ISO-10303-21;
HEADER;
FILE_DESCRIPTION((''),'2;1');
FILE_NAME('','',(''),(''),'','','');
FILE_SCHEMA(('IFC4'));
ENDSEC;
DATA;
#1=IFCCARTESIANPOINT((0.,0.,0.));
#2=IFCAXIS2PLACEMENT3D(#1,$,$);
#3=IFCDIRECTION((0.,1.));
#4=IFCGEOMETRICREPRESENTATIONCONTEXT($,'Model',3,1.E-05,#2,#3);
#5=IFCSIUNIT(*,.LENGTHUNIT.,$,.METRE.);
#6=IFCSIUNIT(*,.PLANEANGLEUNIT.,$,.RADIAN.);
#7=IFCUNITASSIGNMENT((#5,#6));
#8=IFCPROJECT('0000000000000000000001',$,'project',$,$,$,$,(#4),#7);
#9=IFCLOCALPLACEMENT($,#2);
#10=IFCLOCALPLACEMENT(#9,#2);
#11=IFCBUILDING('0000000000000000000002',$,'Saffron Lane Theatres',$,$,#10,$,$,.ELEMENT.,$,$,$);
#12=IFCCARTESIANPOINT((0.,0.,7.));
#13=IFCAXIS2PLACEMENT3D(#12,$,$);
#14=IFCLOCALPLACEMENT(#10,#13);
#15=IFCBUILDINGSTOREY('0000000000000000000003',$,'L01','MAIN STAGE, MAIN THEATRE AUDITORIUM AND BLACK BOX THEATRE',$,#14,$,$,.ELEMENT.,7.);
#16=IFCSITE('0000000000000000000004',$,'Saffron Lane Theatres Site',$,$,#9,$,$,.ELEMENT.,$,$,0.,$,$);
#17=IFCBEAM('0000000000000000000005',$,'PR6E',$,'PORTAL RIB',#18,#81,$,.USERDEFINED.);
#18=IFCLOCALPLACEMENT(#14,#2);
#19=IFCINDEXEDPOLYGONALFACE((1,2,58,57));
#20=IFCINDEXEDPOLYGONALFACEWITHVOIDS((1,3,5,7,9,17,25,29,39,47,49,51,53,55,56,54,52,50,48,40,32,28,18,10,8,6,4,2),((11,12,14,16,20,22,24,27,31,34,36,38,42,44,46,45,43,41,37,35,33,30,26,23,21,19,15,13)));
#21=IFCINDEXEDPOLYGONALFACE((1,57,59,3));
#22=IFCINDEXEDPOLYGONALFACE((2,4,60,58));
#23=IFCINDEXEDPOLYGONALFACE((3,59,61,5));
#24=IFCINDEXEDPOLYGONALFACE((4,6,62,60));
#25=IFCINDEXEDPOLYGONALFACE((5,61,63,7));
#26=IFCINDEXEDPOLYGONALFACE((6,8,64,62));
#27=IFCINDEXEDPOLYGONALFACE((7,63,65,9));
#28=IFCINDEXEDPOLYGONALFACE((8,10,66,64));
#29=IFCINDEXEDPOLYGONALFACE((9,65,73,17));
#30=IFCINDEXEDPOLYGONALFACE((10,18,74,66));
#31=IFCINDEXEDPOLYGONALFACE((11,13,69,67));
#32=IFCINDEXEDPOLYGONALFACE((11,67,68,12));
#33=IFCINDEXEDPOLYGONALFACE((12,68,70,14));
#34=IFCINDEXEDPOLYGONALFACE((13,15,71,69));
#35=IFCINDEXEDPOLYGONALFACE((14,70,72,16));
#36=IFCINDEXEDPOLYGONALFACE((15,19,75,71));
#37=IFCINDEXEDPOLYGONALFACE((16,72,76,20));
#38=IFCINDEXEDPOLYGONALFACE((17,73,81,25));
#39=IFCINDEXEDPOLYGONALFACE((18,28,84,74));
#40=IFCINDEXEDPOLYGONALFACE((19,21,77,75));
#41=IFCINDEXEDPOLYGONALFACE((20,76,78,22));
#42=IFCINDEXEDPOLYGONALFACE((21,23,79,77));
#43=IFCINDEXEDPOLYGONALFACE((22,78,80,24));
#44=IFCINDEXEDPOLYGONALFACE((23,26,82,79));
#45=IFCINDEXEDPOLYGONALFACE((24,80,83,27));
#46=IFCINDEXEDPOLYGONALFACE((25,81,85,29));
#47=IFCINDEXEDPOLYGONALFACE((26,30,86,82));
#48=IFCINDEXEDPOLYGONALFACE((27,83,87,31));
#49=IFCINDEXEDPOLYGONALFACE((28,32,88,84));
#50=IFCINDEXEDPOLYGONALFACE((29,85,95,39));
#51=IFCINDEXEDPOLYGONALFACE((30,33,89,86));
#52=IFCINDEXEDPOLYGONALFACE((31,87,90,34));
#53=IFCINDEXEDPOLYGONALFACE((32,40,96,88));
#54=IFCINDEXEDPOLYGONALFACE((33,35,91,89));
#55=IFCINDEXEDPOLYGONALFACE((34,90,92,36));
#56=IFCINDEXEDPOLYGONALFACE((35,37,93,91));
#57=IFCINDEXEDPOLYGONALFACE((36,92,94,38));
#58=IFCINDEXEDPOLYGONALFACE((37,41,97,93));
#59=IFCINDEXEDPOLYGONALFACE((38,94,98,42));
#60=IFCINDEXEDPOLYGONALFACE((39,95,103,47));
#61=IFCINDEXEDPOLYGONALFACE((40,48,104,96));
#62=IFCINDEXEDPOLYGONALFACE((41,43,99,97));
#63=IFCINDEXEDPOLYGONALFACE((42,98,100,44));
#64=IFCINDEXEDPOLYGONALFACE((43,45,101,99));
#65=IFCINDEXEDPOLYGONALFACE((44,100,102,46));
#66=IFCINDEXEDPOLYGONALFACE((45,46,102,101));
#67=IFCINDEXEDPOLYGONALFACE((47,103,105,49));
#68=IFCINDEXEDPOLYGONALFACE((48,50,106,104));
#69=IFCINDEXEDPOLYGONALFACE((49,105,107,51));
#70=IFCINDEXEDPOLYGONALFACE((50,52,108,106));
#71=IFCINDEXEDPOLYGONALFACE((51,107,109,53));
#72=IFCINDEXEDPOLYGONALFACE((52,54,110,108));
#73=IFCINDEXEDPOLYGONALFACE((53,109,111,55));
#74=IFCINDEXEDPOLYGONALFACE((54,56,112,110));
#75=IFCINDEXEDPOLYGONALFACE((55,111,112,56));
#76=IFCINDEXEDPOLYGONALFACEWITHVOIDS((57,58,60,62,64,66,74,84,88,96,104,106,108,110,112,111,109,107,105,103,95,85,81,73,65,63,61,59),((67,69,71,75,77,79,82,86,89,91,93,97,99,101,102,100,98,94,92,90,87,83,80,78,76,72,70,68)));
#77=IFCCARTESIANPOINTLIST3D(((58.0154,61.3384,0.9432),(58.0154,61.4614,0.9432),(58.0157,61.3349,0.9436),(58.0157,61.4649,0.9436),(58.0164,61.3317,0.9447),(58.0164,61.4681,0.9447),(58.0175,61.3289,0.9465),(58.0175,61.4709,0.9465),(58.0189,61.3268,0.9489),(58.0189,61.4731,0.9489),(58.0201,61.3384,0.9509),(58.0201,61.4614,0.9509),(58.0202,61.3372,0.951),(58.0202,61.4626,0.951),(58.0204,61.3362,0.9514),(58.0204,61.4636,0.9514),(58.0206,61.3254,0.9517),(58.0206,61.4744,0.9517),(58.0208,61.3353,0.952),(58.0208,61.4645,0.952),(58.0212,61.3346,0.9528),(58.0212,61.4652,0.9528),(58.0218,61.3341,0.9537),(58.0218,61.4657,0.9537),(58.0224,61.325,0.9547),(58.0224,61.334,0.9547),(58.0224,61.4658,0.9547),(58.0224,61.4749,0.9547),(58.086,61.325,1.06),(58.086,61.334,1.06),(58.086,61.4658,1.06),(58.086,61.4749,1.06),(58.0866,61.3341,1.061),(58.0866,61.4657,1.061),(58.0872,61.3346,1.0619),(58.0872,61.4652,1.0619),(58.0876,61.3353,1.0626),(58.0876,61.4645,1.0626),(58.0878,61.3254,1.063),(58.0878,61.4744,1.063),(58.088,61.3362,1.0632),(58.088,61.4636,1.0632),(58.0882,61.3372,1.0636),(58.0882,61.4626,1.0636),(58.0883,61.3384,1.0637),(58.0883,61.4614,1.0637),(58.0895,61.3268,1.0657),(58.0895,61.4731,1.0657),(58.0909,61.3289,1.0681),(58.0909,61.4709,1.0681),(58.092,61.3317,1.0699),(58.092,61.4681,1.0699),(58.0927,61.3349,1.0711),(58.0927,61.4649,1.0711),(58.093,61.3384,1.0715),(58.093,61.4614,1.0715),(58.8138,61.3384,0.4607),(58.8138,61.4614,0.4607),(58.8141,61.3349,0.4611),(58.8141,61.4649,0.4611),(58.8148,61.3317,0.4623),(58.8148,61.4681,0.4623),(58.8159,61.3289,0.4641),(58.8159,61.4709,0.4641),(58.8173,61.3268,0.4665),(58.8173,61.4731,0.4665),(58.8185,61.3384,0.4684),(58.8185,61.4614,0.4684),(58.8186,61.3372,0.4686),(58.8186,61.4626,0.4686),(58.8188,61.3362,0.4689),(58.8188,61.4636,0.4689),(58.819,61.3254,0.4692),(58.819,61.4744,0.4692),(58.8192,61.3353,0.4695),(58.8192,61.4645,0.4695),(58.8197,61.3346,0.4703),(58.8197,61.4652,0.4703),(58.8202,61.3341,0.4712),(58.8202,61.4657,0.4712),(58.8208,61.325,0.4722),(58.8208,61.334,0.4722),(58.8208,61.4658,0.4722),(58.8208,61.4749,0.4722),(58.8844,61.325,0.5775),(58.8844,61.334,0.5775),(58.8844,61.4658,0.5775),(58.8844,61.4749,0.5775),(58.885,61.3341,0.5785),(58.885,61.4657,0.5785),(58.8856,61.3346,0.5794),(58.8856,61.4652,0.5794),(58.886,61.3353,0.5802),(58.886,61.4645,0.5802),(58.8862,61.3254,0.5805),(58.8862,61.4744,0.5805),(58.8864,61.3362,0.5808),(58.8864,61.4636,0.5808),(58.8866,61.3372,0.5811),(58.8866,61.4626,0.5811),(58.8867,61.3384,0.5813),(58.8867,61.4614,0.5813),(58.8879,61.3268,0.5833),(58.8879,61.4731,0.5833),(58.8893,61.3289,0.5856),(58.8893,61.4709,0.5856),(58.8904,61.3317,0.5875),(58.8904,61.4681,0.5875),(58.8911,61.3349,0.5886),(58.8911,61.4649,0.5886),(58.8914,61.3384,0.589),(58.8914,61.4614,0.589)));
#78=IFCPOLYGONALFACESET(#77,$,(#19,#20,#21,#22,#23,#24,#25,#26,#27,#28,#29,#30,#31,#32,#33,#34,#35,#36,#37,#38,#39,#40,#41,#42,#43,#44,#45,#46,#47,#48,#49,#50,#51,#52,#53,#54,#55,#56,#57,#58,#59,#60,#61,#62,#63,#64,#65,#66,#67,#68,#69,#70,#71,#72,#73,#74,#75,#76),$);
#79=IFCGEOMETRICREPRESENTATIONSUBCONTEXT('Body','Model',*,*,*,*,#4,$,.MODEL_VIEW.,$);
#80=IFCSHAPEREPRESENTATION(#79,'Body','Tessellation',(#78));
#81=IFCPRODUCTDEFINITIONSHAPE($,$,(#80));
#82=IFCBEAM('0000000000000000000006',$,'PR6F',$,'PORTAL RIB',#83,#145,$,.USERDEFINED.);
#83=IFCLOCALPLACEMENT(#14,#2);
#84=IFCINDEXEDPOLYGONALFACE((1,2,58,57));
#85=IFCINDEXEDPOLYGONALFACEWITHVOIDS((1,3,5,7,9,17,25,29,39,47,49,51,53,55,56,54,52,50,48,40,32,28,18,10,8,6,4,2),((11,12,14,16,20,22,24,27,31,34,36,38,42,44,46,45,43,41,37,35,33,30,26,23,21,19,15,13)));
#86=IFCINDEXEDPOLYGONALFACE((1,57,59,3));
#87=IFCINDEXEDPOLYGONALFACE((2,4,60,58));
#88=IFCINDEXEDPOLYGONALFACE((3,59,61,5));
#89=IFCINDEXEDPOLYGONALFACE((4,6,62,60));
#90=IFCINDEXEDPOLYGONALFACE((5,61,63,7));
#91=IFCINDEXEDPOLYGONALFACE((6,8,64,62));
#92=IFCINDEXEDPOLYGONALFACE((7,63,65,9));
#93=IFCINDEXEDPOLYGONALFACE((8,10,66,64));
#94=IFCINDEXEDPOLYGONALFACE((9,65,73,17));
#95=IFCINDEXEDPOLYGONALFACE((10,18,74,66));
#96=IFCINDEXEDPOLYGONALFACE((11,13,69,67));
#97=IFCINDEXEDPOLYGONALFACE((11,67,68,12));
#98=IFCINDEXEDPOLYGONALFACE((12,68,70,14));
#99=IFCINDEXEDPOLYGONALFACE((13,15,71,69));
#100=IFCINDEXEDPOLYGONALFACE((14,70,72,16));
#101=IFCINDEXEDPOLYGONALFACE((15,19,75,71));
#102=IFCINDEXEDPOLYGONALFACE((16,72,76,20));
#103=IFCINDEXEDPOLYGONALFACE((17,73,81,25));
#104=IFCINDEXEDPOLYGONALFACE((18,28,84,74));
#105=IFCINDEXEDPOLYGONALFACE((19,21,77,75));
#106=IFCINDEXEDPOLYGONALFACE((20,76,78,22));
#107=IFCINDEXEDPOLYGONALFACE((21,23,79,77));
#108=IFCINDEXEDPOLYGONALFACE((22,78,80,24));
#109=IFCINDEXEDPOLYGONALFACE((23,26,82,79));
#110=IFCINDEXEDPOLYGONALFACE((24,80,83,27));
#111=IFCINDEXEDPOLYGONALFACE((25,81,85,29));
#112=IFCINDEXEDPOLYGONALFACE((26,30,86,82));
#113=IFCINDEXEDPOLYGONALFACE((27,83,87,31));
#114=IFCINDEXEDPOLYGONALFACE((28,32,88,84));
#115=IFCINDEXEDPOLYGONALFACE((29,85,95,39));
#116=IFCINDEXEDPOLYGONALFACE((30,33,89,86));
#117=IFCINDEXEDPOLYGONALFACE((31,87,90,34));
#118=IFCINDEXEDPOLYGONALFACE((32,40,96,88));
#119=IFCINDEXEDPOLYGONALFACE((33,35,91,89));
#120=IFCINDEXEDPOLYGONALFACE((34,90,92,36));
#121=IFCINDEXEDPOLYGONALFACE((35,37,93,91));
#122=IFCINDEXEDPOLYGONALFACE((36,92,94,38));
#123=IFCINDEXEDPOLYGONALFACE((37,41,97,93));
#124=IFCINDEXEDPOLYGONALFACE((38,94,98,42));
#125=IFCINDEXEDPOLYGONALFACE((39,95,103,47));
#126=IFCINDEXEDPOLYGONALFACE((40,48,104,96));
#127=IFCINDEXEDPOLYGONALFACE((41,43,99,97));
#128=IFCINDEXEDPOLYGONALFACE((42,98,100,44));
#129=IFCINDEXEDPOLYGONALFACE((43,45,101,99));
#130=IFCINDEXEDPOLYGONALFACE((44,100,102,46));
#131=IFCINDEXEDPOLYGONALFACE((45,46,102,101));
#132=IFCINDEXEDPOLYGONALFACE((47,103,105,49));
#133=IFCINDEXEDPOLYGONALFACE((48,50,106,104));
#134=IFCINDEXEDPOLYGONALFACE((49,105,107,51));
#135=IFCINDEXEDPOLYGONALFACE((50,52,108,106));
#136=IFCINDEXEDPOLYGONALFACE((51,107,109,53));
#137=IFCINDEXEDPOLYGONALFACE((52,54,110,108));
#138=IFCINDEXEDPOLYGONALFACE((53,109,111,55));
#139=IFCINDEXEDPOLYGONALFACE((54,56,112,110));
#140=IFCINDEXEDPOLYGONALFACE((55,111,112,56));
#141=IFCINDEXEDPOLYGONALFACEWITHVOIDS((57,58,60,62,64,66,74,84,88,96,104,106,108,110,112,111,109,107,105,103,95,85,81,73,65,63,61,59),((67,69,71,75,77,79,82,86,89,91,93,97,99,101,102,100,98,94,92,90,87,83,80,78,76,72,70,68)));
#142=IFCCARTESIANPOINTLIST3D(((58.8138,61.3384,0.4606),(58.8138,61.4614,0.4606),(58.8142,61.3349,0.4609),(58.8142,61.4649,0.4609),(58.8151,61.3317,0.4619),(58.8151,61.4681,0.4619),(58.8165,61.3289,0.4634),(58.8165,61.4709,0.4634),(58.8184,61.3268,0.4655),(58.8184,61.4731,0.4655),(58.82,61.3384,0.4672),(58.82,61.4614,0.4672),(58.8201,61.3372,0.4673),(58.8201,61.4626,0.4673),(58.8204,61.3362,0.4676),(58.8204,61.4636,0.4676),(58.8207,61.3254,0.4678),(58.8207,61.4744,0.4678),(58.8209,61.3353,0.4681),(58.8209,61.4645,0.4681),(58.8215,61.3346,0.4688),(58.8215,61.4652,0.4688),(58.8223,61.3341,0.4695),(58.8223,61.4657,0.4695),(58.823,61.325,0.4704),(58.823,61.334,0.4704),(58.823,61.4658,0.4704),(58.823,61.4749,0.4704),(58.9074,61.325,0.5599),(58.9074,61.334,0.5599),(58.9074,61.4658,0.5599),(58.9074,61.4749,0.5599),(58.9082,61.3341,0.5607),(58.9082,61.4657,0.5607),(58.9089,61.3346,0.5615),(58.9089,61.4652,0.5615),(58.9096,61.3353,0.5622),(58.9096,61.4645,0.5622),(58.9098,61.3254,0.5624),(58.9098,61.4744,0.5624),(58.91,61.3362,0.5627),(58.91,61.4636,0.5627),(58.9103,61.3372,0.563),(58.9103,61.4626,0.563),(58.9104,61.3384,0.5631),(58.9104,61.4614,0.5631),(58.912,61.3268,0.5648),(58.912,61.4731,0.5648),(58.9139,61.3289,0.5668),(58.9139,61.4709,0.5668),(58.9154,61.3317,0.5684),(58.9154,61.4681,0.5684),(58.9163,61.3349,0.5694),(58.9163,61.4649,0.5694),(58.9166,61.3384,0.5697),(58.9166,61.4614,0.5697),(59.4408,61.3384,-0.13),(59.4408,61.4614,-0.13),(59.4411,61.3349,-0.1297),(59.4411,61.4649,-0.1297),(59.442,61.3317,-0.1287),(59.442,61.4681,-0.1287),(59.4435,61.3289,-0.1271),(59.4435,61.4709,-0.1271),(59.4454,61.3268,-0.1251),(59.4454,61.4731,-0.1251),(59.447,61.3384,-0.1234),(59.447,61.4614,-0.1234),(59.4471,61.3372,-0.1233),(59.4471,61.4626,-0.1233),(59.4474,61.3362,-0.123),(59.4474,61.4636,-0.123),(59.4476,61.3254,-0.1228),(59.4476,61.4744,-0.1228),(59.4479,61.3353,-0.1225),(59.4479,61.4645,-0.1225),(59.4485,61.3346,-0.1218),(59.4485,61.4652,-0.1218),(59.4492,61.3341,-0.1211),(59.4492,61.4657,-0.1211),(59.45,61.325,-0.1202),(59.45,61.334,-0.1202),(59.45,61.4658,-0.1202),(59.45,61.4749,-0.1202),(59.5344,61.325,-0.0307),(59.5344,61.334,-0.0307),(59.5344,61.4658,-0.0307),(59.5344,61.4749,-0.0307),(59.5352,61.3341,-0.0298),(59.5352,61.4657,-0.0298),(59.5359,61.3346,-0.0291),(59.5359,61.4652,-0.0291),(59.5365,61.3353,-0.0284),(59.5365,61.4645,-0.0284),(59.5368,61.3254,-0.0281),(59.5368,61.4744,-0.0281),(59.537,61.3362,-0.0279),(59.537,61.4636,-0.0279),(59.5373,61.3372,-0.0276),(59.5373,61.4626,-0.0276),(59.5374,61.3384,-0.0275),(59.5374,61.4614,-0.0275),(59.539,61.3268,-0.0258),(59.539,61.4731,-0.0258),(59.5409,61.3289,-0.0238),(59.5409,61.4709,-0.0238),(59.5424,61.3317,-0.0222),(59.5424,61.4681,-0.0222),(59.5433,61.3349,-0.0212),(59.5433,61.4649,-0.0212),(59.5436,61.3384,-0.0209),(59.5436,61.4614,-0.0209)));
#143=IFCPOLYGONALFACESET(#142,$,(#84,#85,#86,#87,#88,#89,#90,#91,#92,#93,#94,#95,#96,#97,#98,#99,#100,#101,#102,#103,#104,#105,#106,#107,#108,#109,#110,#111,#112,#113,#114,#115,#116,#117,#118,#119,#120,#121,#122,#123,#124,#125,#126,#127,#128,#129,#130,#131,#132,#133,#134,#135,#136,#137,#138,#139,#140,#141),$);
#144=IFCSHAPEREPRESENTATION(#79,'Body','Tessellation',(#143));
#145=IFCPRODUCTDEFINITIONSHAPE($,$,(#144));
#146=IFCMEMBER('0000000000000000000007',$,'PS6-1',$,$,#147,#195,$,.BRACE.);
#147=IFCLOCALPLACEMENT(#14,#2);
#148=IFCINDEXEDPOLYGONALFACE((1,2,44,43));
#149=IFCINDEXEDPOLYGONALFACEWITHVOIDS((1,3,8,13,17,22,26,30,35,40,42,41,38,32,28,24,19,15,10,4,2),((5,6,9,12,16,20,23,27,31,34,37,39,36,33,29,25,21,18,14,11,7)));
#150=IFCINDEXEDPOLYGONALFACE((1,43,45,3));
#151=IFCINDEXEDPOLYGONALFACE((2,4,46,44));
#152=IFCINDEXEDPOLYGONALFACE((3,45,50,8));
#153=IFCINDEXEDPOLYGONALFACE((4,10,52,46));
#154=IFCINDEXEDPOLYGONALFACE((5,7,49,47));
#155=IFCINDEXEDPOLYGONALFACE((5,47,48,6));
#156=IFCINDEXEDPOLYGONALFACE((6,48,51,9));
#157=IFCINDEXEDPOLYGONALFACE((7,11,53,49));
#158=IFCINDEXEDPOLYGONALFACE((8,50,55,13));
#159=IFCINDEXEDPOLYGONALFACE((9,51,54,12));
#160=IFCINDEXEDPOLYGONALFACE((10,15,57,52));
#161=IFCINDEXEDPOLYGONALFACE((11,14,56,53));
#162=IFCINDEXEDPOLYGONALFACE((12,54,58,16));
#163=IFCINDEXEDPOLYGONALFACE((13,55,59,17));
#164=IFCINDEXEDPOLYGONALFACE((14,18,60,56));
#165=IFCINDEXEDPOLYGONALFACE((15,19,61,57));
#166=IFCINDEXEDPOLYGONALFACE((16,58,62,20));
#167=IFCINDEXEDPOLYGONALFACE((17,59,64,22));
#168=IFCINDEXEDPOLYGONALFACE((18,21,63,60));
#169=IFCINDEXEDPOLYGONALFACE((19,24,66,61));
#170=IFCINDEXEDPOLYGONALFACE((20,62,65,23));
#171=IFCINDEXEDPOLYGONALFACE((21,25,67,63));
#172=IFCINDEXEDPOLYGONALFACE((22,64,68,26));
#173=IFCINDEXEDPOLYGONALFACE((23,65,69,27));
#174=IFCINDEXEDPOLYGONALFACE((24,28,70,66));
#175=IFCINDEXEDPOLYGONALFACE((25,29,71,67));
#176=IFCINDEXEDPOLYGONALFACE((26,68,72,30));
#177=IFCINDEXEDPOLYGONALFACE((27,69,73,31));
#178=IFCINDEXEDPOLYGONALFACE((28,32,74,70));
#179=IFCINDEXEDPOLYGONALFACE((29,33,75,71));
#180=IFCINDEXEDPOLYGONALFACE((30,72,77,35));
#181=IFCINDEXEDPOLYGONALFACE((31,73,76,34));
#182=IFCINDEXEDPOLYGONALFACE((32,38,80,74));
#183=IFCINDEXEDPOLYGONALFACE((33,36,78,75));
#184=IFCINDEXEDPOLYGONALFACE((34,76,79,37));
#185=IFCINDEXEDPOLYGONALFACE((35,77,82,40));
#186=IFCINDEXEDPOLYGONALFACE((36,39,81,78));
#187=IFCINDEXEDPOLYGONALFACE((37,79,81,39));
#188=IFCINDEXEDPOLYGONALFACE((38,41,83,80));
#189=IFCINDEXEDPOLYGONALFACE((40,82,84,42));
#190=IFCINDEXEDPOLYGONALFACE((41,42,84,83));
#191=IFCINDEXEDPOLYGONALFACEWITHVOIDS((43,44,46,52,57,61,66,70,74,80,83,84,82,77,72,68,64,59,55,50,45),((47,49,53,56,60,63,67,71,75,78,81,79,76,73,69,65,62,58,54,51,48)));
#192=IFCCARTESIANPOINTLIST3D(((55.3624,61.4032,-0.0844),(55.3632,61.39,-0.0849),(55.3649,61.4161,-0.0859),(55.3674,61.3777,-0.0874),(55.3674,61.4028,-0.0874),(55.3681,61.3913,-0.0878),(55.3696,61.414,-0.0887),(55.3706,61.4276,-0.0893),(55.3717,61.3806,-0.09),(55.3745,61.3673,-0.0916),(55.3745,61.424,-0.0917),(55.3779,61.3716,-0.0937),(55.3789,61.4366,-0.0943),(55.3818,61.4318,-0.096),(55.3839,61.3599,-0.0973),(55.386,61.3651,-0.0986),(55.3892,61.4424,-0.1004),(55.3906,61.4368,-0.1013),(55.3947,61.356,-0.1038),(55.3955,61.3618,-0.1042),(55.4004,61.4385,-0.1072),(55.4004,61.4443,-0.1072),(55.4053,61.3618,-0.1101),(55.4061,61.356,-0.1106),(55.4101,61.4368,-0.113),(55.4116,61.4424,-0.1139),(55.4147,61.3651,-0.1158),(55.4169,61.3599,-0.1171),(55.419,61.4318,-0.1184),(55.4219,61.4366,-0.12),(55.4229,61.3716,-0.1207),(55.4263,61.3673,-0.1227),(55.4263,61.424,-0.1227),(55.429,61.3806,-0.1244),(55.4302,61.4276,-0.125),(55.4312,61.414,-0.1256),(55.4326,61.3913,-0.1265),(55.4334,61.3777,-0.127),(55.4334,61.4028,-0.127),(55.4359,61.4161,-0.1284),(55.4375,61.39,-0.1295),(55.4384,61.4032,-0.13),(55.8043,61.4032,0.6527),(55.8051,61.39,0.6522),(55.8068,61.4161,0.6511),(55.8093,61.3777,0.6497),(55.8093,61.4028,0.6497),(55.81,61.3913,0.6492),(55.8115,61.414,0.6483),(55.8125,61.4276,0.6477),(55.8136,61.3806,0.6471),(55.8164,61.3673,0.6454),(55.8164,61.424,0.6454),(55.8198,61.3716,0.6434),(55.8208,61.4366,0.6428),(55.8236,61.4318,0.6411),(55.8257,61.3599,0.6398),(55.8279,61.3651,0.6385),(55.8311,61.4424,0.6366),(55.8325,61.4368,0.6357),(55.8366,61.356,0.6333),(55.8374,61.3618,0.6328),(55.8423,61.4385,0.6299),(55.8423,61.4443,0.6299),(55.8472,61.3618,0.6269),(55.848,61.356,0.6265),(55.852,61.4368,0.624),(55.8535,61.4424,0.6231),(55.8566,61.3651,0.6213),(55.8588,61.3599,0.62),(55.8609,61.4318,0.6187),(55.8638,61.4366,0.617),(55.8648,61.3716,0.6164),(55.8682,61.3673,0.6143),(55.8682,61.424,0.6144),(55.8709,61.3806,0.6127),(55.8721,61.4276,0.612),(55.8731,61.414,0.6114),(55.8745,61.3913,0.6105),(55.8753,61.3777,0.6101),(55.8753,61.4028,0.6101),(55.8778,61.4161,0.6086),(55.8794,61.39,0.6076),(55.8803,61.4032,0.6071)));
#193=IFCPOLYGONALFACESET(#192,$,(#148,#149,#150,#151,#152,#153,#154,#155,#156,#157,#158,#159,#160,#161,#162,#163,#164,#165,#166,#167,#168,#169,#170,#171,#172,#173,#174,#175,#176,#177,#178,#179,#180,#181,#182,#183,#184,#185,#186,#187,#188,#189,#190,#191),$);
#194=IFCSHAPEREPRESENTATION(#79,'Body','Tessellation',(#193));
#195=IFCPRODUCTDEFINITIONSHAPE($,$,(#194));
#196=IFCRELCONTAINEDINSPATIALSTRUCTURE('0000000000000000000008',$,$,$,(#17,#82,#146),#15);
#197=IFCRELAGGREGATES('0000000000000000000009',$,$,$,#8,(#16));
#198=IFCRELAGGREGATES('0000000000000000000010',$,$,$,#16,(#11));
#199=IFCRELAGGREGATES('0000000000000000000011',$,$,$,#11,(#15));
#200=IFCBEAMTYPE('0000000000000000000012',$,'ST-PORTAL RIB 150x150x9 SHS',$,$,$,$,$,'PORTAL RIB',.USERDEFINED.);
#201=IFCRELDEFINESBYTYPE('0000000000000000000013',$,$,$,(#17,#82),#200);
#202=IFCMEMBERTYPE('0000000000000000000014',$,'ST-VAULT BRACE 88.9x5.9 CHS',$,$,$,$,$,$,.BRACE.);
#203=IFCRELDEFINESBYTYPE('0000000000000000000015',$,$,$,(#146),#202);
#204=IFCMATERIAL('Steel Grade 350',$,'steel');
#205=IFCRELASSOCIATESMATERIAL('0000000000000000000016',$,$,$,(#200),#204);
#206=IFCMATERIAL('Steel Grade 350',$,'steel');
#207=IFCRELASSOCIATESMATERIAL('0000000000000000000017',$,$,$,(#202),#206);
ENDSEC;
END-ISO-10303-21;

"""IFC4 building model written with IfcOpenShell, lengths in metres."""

from ifc_helpers import new_model, si_unit, direction, frame, origin, origin_2d, place, context, subcontext, project, spatial, hollow_rectangle, hollow_circle, extrude, material, material_profile, profile_set, type_object, element, save


model = new_model("IFC4")

# Units and contexts
model_context = context("Model", 3, precision=1e-05, world=origin(), true_north=direction((0.0, 1.0)))
body_context = subcontext(model_context, "Body", "Model", "MODEL_VIEW")
ifc_project = project(units=[si_unit("LENGTHUNIT", "METRE"), si_unit("PLANEANGLEUNIT", "RADIAN")], contexts=[model_context])

# Site, building, storey
site_placement = place(None, origin())
site = spatial("IfcSite", under=ifc_project, at=site_placement, Name="Saffron Lane Theatres Site", CompositionType="ELEMENT", RefElevation=0.0)
building_placement = place(site_placement, origin())
building = spatial("IfcBuilding", under=site, at=building_placement, Name="Saffron Lane Theatres", CompositionType="ELEMENT")
storey_placement = place(building_placement, frame((0.0, 0.0, 7.0)))
storey = spatial("IfcBuildingStorey", under=building, at=storey_placement, Name="L01", Description="MAIN STAGE, MAIN THEATRE AUDITORIUM AND BLACK BOX THEATRE", CompositionType="ELEMENT", Elevation=7.0)

# Beams
ifc_material_1 = material(Name="Steel Grade 350", Category="steel")
ifc_material_profile_1 = material_profile(ifc_material_1, hollow_rectangle(XDim=0.1499, YDim=0.1499, WallThickness=0.009, InnerFilletRadius=0.0044, OuterFilletRadius=0.0134, at=origin_2d()))
ifc_profile_set_1 = profile_set([ifc_material_profile_1], Name="Steel Grade 350")
beam_type_1 = type_object("IfcBeamType", Name="ST-PORTAL RIB 150x150x9 SHS", ElementType="PORTAL RIB", PredefinedType="USERDEFINED", material=ifc_profile_set_1)
beam_1_placement = place(storey_placement, frame((58.0542, 61.3999, 1.0073), z_axis=(0.855872, 0.0, -0.517188), x_axis=(0.0, 1.0, 0.0)))
element("IfcBeam", 1, at=beam_1_placement, inside=storey, type_object=beam_type_1, Name="PR6E", ObjectType="PORTAL RIB", PredefinedType="USERDEFINED", context=body_context, shape_type="SweptSolid", body=[
    extrude(hollow_rectangle(XDim=0.1499, YDim=0.1499, WallThickness=0.009, InnerFilletRadius=0.0044, OuterFilletRadius=0.0134, at=origin_2d()), origin(), (0.0, 0.0, 1.0), 0.9329),
])
beam_2_placement = place(storey_placement, frame((58.8652, 61.3999, 0.5151), z_axis=(0.727909, 0.0, -0.685674), x_axis=(0.0, 1.0, 0.0)))
element("IfcBeam", 2, at=beam_2_placement, inside=storey, type_object=beam_type_1, Name="PR6F", ObjectType="PORTAL RIB", PredefinedType="USERDEFINED", context=body_context, shape_type="SweptSolid", body=[
    extrude(hollow_rectangle(XDim=0.1499, YDim=0.1499, WallThickness=0.009, InnerFilletRadius=0.0044, OuterFilletRadius=0.0134, at=origin_2d()), origin(), (0.0, 0.0, 1.0), 0.8613),
])

# Member
ifc_material_2 = material(Name="Steel Grade 350", Category="steel")
ifc_material_profile_2 = material_profile(ifc_material_2, hollow_circle(Radius=0.0444, WallThickness=0.0059, at=origin_2d()))
ifc_profile_set_2 = profile_set([ifc_material_profile_2], Name="Steel Grade 350")
member_type = type_object("IfcMemberType", Name="ST-VAULT BRACE 88.9x5.9 CHS", PredefinedType="BRACE", material=ifc_profile_set_2)
member_1_placement = place(storey_placement, frame((55.4004, 61.3999, -0.1072), z_axis=(0.514203, 0.0, 0.857668), x_axis=(0.0, 1.0, 0.0)))
element("IfcMember", 3, at=member_1_placement, inside=storey, type_object=member_type, Name="PS6-1", PredefinedType="BRACE", context=body_context, shape_type="SweptSolid", body=[
    extrude(hollow_circle(Radius=0.0444, WallThickness=0.0059, at=origin_2d()), origin(), (0.0, 0.0, 1.0), 0.8594),
])

save(model, "model.ifc")
